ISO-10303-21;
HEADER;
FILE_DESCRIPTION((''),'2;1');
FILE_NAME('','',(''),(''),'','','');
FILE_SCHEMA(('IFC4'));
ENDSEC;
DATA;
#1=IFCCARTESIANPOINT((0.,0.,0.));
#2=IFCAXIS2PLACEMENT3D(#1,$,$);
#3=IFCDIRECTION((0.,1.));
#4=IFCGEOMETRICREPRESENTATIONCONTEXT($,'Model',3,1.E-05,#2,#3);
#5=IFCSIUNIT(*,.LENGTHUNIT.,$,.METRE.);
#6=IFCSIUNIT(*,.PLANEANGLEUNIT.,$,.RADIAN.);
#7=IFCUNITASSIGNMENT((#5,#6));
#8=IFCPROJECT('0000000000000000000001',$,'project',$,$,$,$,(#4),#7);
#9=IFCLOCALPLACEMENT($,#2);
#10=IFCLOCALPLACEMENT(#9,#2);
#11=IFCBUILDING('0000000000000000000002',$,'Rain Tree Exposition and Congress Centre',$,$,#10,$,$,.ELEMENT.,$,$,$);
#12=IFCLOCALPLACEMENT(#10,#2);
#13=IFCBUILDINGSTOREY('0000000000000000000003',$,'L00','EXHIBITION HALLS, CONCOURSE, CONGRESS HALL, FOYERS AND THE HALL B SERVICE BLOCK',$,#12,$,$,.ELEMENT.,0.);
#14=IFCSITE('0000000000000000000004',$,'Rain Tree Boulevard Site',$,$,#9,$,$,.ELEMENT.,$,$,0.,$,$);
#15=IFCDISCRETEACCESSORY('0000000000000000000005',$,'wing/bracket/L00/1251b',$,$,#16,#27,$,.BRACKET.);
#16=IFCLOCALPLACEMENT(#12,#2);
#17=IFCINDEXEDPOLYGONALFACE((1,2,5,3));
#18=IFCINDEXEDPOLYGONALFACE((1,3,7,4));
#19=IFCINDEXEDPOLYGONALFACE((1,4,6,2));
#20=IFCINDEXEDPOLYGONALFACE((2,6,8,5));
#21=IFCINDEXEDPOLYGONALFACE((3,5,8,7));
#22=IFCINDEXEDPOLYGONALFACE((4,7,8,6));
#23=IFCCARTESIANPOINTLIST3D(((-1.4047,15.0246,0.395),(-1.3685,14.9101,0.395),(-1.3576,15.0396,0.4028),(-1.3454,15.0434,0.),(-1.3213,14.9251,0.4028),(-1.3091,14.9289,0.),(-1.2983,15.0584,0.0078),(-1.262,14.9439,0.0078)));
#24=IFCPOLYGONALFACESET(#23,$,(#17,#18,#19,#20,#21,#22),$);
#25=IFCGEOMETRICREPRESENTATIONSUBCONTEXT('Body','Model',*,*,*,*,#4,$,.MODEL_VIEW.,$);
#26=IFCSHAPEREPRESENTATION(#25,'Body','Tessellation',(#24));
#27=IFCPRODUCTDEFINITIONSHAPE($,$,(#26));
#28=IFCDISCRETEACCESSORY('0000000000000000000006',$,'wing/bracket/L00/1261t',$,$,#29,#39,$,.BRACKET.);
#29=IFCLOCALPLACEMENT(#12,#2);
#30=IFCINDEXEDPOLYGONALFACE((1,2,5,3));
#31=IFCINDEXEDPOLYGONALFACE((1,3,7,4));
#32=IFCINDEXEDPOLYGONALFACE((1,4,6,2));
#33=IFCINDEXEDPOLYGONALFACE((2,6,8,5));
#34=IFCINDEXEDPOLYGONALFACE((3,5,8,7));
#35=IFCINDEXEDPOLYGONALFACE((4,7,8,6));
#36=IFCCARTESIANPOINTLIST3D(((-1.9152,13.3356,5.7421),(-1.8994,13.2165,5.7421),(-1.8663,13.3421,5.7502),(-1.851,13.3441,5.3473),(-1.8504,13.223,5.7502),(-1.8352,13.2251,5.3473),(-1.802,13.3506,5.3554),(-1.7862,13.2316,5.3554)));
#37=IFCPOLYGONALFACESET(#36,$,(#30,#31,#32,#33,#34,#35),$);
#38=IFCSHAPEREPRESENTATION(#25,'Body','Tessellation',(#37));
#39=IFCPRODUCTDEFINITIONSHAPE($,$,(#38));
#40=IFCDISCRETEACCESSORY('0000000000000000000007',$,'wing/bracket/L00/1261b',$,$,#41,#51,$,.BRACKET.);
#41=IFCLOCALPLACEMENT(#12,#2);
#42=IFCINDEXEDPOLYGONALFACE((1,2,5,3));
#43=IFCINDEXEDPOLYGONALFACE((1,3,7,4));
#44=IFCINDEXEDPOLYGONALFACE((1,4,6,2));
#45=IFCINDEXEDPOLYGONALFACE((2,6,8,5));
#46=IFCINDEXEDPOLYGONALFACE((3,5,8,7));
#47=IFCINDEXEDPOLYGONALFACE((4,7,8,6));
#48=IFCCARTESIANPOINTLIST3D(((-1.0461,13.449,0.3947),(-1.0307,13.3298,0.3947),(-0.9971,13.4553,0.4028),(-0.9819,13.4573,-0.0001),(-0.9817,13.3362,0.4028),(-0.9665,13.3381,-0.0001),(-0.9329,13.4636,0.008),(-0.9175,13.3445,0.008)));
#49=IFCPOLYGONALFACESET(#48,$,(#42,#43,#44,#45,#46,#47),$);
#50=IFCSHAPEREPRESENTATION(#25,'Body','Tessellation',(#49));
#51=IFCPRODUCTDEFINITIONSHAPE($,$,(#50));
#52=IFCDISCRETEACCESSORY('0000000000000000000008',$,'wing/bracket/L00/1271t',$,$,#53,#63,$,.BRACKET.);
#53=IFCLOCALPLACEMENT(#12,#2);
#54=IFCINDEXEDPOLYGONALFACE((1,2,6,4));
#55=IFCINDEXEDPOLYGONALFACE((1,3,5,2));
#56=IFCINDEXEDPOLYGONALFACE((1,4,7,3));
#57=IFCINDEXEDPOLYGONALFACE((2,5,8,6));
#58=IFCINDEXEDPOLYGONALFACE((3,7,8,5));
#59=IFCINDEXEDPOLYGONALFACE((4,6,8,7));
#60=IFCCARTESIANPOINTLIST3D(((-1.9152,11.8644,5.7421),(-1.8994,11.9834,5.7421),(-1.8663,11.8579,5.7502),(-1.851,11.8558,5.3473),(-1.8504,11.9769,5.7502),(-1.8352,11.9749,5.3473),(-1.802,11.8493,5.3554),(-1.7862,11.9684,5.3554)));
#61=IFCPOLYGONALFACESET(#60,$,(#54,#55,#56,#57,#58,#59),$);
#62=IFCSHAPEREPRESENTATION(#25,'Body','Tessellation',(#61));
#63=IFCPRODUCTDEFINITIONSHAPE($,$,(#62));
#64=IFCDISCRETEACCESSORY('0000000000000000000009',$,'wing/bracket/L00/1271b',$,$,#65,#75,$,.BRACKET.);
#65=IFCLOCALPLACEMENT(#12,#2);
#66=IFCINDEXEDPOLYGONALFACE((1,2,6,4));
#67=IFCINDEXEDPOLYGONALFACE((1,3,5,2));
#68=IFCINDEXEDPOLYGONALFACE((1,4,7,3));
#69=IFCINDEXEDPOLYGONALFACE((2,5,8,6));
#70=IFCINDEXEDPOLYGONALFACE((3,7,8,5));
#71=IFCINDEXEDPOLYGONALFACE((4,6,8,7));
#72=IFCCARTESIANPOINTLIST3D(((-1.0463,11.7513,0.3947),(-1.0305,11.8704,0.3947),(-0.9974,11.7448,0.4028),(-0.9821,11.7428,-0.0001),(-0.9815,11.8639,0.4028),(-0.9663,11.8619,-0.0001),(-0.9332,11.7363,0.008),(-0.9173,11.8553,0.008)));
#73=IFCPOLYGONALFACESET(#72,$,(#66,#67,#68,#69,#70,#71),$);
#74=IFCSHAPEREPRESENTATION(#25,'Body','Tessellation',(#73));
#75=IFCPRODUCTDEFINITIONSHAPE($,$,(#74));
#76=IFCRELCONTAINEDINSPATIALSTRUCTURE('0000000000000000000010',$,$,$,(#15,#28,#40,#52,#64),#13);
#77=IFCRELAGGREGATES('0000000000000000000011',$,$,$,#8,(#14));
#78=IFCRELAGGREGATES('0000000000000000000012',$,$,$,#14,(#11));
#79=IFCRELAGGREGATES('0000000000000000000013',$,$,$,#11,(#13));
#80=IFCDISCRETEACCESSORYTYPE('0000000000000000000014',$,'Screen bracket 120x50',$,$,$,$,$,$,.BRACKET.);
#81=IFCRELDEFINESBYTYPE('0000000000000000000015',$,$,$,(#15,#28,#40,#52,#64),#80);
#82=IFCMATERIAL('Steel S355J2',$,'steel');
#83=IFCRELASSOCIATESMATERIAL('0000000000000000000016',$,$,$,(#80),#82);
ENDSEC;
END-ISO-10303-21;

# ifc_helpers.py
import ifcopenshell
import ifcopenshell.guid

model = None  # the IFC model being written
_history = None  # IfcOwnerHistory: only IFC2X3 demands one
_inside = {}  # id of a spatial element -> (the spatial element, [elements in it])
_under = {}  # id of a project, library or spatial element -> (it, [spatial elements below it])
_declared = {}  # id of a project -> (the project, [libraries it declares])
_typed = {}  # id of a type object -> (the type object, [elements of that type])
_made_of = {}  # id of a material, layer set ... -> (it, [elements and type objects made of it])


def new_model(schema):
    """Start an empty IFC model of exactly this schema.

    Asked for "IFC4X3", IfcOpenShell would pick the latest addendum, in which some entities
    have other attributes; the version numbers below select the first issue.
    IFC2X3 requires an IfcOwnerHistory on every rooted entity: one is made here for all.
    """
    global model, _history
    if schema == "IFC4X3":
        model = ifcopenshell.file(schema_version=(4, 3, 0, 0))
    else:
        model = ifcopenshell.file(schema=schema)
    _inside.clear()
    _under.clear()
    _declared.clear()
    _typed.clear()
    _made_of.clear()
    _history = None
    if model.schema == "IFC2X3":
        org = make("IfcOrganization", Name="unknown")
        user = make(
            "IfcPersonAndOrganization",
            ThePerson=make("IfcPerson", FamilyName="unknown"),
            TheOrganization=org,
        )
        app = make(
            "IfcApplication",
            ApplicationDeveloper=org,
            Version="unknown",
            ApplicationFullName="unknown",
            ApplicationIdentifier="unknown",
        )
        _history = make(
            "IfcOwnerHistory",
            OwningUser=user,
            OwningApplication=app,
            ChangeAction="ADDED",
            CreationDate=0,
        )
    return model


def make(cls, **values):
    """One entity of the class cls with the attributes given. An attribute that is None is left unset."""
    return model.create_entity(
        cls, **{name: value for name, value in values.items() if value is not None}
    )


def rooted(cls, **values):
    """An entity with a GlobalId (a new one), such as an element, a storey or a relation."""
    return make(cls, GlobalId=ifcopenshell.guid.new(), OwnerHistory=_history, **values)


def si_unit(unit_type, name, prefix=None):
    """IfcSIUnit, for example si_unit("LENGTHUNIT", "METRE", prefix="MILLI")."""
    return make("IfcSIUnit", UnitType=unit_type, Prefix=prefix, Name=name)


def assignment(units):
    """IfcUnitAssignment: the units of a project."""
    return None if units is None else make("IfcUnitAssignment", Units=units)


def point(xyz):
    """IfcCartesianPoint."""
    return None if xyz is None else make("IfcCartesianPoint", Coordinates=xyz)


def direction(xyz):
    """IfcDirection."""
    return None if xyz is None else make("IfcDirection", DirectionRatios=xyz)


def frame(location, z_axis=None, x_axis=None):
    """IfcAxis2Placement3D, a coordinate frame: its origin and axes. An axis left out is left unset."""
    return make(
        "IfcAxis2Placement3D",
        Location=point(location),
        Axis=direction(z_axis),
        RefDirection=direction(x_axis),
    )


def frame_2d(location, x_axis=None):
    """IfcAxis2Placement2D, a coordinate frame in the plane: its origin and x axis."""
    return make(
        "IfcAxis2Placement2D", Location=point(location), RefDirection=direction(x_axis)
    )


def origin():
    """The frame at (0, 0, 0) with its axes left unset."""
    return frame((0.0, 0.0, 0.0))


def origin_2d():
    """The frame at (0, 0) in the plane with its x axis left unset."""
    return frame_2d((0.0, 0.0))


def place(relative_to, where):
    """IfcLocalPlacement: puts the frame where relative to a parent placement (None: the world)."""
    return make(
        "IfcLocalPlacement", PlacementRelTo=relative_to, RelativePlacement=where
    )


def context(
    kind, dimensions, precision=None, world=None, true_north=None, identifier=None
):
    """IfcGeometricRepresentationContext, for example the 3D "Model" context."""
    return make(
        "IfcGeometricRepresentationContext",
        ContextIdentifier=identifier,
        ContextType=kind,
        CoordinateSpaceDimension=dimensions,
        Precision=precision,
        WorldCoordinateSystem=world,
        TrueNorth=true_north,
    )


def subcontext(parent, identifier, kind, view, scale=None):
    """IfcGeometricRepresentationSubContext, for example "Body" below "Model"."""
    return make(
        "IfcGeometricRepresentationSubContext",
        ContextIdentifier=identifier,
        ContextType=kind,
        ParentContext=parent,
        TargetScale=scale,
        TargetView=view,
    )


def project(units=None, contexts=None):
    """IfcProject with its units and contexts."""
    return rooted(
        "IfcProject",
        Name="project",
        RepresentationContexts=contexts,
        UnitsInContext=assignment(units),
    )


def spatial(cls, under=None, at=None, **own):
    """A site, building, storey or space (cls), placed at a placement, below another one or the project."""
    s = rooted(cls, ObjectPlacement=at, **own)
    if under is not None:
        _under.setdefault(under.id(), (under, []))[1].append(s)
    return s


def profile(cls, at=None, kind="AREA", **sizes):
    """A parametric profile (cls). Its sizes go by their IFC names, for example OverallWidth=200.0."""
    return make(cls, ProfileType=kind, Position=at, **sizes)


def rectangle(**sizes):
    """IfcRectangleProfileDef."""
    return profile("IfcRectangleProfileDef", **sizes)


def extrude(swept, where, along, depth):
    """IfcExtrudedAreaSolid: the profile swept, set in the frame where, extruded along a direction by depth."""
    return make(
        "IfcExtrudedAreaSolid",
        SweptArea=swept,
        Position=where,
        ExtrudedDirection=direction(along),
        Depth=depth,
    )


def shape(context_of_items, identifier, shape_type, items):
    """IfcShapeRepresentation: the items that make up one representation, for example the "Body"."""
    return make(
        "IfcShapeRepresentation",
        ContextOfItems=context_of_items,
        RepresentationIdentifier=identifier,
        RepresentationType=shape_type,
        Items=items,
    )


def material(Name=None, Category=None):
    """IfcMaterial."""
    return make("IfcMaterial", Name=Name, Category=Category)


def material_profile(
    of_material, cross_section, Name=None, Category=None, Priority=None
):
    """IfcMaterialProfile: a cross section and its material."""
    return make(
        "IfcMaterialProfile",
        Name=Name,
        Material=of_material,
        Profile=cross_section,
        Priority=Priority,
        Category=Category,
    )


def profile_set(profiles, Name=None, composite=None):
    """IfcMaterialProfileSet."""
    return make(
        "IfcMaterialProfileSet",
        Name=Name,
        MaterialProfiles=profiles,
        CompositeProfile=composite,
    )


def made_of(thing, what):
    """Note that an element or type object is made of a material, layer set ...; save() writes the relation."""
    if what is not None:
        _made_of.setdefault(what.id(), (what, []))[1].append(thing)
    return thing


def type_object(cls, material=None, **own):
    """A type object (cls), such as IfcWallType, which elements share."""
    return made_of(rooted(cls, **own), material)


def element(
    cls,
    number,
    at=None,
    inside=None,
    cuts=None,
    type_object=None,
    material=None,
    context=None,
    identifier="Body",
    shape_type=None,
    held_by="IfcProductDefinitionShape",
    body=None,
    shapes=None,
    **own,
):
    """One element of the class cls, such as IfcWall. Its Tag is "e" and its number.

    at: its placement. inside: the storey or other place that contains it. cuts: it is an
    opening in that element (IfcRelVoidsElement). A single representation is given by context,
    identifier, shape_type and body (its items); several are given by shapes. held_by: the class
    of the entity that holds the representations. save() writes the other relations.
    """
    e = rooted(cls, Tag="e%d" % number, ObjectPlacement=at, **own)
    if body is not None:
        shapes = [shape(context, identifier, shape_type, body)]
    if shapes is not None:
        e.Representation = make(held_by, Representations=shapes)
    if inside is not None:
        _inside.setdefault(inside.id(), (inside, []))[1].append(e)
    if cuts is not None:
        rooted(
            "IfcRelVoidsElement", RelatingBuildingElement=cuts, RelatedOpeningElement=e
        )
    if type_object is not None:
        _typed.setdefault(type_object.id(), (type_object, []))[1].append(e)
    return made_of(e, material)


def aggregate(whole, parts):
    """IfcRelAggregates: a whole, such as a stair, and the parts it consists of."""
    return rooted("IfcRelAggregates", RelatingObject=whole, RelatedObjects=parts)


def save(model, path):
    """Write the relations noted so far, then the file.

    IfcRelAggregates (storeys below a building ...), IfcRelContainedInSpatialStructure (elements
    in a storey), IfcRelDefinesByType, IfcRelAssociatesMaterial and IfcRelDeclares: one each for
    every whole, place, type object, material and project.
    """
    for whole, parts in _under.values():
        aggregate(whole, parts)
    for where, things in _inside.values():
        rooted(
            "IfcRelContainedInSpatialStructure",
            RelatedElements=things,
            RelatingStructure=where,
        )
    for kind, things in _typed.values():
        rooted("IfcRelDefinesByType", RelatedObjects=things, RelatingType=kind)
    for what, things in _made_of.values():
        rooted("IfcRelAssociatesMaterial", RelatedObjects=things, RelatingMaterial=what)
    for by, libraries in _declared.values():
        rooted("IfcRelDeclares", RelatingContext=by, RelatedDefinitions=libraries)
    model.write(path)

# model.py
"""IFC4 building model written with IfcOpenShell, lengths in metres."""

from ifc_helpers import new_model, si_unit, direction, frame, origin, origin_2d, place, context, subcontext, project, spatial, rectangle, extrude, material, material_profile, profile_set, type_object, element, save


model = new_model("IFC4")

# Units and contexts
model_context = context("Model", 3, precision=1e-05, world=origin(), true_north=direction((0.0, 1.0)))
body_context = subcontext(model_context, "Body", "Model", "MODEL_VIEW")
ifc_project = project(units=[si_unit("LENGTHUNIT", "METRE"), si_unit("PLANEANGLEUNIT", "RADIAN")], contexts=[model_context])

# Site, building, storey
site_placement = place(None, origin())
site = spatial("IfcSite", under=ifc_project, at=site_placement, Name="Rain Tree Boulevard Site", CompositionType="ELEMENT", RefElevation=0.0)
building_placement = place(site_placement, origin())
building = spatial("IfcBuilding", under=site, at=building_placement, Name="Rain Tree Exposition and Congress Centre", CompositionType="ELEMENT")
storey_placement = place(building_placement, origin())
storey = spatial("IfcBuildingStorey", under=building, at=storey_placement, Name="L00", Description="EXHIBITION HALLS, CONCOURSE, CONGRESS HALL, FOYERS AND THE HALL B SERVICE BLOCK", CompositionType="ELEMENT", Elevation=0.0)

# Discrete accessories
ifc_material_1 = material(Name="Steel S355J2", Category="steel")
ifc_material_profile_1 = material_profile(ifc_material_1, rectangle(XDim=0.1201, YDim=0.05, at=origin_2d()), Name="Flat bar 120x50")
ifc_profile_set_1 = profile_set([ifc_material_profile_1], Name="Steel S355J2")
discrete_accessory_type = type_object("IfcDiscreteAccessoryType", Name="Screen bracket 120x50", PredefinedType="BRACKET", material=ifc_profile_set_1)
for number, where, z_axis, x_axis, name in (
    (1, (-1.3037, 14.9937, 0.0039), (-0.148356, -0.04701, 0.987816), (0.30207, -0.953286, 0.0), "wing/bracket/L00/1251b"),
):
    element("IfcDiscreteAccessory", number, at=place(storey_placement, frame(where, z_axis=z_axis, x_axis=x_axis)), inside=storey, type_object=discrete_accessory_type, Name=name, PredefinedType="BRACKET", context=body_context, shape_type="SweptSolid", body=[
        extrude(rectangle(XDim=0.1201, YDim=0.05, at=origin_2d()), origin(), (0.0, 0.0, 1.0), 0.3999),
    ])
for number, where, z_axis, x_axis, name in (
    (2, (-1.8186, 13.2878, 5.3513), (-0.160501, -0.021359, 0.986805), (0.131917, -0.991261, 0.0), "wing/bracket/L00/1261t"),
    (3, (-0.9497, 13.4009, 0.0039), (-0.160503, -0.020749, 0.986817), (0.128211, -0.991747, 0.0), "wing/bracket/L00/1261b"),
    (4, (-1.8186, 11.9121, 5.3513), (-0.160501, 0.021359, 0.986805), (-0.131917, -0.991261, 0.0), "wing/bracket/L00/1271t"),
    (5, (-0.9497, 11.7991, 0.0039), (-0.160501, 0.021359, 0.986805), (-0.131917, -0.991261, 0.0), "wing/bracket/L00/1271b"),
):
    element("IfcDiscreteAccessory", number, at=place(storey_placement, frame(where, z_axis=z_axis, x_axis=x_axis)), inside=storey, type_object=discrete_accessory_type, Name=name, PredefinedType="BRACKET", context=body_context, shape_type="SweptSolid", body=[
        extrude(rectangle(XDim=0.1201, YDim=0.05, at=origin_2d()), origin(), (0.0, 0.0, 1.0), 0.4001),
    ])

save(model, "model.ifc")
